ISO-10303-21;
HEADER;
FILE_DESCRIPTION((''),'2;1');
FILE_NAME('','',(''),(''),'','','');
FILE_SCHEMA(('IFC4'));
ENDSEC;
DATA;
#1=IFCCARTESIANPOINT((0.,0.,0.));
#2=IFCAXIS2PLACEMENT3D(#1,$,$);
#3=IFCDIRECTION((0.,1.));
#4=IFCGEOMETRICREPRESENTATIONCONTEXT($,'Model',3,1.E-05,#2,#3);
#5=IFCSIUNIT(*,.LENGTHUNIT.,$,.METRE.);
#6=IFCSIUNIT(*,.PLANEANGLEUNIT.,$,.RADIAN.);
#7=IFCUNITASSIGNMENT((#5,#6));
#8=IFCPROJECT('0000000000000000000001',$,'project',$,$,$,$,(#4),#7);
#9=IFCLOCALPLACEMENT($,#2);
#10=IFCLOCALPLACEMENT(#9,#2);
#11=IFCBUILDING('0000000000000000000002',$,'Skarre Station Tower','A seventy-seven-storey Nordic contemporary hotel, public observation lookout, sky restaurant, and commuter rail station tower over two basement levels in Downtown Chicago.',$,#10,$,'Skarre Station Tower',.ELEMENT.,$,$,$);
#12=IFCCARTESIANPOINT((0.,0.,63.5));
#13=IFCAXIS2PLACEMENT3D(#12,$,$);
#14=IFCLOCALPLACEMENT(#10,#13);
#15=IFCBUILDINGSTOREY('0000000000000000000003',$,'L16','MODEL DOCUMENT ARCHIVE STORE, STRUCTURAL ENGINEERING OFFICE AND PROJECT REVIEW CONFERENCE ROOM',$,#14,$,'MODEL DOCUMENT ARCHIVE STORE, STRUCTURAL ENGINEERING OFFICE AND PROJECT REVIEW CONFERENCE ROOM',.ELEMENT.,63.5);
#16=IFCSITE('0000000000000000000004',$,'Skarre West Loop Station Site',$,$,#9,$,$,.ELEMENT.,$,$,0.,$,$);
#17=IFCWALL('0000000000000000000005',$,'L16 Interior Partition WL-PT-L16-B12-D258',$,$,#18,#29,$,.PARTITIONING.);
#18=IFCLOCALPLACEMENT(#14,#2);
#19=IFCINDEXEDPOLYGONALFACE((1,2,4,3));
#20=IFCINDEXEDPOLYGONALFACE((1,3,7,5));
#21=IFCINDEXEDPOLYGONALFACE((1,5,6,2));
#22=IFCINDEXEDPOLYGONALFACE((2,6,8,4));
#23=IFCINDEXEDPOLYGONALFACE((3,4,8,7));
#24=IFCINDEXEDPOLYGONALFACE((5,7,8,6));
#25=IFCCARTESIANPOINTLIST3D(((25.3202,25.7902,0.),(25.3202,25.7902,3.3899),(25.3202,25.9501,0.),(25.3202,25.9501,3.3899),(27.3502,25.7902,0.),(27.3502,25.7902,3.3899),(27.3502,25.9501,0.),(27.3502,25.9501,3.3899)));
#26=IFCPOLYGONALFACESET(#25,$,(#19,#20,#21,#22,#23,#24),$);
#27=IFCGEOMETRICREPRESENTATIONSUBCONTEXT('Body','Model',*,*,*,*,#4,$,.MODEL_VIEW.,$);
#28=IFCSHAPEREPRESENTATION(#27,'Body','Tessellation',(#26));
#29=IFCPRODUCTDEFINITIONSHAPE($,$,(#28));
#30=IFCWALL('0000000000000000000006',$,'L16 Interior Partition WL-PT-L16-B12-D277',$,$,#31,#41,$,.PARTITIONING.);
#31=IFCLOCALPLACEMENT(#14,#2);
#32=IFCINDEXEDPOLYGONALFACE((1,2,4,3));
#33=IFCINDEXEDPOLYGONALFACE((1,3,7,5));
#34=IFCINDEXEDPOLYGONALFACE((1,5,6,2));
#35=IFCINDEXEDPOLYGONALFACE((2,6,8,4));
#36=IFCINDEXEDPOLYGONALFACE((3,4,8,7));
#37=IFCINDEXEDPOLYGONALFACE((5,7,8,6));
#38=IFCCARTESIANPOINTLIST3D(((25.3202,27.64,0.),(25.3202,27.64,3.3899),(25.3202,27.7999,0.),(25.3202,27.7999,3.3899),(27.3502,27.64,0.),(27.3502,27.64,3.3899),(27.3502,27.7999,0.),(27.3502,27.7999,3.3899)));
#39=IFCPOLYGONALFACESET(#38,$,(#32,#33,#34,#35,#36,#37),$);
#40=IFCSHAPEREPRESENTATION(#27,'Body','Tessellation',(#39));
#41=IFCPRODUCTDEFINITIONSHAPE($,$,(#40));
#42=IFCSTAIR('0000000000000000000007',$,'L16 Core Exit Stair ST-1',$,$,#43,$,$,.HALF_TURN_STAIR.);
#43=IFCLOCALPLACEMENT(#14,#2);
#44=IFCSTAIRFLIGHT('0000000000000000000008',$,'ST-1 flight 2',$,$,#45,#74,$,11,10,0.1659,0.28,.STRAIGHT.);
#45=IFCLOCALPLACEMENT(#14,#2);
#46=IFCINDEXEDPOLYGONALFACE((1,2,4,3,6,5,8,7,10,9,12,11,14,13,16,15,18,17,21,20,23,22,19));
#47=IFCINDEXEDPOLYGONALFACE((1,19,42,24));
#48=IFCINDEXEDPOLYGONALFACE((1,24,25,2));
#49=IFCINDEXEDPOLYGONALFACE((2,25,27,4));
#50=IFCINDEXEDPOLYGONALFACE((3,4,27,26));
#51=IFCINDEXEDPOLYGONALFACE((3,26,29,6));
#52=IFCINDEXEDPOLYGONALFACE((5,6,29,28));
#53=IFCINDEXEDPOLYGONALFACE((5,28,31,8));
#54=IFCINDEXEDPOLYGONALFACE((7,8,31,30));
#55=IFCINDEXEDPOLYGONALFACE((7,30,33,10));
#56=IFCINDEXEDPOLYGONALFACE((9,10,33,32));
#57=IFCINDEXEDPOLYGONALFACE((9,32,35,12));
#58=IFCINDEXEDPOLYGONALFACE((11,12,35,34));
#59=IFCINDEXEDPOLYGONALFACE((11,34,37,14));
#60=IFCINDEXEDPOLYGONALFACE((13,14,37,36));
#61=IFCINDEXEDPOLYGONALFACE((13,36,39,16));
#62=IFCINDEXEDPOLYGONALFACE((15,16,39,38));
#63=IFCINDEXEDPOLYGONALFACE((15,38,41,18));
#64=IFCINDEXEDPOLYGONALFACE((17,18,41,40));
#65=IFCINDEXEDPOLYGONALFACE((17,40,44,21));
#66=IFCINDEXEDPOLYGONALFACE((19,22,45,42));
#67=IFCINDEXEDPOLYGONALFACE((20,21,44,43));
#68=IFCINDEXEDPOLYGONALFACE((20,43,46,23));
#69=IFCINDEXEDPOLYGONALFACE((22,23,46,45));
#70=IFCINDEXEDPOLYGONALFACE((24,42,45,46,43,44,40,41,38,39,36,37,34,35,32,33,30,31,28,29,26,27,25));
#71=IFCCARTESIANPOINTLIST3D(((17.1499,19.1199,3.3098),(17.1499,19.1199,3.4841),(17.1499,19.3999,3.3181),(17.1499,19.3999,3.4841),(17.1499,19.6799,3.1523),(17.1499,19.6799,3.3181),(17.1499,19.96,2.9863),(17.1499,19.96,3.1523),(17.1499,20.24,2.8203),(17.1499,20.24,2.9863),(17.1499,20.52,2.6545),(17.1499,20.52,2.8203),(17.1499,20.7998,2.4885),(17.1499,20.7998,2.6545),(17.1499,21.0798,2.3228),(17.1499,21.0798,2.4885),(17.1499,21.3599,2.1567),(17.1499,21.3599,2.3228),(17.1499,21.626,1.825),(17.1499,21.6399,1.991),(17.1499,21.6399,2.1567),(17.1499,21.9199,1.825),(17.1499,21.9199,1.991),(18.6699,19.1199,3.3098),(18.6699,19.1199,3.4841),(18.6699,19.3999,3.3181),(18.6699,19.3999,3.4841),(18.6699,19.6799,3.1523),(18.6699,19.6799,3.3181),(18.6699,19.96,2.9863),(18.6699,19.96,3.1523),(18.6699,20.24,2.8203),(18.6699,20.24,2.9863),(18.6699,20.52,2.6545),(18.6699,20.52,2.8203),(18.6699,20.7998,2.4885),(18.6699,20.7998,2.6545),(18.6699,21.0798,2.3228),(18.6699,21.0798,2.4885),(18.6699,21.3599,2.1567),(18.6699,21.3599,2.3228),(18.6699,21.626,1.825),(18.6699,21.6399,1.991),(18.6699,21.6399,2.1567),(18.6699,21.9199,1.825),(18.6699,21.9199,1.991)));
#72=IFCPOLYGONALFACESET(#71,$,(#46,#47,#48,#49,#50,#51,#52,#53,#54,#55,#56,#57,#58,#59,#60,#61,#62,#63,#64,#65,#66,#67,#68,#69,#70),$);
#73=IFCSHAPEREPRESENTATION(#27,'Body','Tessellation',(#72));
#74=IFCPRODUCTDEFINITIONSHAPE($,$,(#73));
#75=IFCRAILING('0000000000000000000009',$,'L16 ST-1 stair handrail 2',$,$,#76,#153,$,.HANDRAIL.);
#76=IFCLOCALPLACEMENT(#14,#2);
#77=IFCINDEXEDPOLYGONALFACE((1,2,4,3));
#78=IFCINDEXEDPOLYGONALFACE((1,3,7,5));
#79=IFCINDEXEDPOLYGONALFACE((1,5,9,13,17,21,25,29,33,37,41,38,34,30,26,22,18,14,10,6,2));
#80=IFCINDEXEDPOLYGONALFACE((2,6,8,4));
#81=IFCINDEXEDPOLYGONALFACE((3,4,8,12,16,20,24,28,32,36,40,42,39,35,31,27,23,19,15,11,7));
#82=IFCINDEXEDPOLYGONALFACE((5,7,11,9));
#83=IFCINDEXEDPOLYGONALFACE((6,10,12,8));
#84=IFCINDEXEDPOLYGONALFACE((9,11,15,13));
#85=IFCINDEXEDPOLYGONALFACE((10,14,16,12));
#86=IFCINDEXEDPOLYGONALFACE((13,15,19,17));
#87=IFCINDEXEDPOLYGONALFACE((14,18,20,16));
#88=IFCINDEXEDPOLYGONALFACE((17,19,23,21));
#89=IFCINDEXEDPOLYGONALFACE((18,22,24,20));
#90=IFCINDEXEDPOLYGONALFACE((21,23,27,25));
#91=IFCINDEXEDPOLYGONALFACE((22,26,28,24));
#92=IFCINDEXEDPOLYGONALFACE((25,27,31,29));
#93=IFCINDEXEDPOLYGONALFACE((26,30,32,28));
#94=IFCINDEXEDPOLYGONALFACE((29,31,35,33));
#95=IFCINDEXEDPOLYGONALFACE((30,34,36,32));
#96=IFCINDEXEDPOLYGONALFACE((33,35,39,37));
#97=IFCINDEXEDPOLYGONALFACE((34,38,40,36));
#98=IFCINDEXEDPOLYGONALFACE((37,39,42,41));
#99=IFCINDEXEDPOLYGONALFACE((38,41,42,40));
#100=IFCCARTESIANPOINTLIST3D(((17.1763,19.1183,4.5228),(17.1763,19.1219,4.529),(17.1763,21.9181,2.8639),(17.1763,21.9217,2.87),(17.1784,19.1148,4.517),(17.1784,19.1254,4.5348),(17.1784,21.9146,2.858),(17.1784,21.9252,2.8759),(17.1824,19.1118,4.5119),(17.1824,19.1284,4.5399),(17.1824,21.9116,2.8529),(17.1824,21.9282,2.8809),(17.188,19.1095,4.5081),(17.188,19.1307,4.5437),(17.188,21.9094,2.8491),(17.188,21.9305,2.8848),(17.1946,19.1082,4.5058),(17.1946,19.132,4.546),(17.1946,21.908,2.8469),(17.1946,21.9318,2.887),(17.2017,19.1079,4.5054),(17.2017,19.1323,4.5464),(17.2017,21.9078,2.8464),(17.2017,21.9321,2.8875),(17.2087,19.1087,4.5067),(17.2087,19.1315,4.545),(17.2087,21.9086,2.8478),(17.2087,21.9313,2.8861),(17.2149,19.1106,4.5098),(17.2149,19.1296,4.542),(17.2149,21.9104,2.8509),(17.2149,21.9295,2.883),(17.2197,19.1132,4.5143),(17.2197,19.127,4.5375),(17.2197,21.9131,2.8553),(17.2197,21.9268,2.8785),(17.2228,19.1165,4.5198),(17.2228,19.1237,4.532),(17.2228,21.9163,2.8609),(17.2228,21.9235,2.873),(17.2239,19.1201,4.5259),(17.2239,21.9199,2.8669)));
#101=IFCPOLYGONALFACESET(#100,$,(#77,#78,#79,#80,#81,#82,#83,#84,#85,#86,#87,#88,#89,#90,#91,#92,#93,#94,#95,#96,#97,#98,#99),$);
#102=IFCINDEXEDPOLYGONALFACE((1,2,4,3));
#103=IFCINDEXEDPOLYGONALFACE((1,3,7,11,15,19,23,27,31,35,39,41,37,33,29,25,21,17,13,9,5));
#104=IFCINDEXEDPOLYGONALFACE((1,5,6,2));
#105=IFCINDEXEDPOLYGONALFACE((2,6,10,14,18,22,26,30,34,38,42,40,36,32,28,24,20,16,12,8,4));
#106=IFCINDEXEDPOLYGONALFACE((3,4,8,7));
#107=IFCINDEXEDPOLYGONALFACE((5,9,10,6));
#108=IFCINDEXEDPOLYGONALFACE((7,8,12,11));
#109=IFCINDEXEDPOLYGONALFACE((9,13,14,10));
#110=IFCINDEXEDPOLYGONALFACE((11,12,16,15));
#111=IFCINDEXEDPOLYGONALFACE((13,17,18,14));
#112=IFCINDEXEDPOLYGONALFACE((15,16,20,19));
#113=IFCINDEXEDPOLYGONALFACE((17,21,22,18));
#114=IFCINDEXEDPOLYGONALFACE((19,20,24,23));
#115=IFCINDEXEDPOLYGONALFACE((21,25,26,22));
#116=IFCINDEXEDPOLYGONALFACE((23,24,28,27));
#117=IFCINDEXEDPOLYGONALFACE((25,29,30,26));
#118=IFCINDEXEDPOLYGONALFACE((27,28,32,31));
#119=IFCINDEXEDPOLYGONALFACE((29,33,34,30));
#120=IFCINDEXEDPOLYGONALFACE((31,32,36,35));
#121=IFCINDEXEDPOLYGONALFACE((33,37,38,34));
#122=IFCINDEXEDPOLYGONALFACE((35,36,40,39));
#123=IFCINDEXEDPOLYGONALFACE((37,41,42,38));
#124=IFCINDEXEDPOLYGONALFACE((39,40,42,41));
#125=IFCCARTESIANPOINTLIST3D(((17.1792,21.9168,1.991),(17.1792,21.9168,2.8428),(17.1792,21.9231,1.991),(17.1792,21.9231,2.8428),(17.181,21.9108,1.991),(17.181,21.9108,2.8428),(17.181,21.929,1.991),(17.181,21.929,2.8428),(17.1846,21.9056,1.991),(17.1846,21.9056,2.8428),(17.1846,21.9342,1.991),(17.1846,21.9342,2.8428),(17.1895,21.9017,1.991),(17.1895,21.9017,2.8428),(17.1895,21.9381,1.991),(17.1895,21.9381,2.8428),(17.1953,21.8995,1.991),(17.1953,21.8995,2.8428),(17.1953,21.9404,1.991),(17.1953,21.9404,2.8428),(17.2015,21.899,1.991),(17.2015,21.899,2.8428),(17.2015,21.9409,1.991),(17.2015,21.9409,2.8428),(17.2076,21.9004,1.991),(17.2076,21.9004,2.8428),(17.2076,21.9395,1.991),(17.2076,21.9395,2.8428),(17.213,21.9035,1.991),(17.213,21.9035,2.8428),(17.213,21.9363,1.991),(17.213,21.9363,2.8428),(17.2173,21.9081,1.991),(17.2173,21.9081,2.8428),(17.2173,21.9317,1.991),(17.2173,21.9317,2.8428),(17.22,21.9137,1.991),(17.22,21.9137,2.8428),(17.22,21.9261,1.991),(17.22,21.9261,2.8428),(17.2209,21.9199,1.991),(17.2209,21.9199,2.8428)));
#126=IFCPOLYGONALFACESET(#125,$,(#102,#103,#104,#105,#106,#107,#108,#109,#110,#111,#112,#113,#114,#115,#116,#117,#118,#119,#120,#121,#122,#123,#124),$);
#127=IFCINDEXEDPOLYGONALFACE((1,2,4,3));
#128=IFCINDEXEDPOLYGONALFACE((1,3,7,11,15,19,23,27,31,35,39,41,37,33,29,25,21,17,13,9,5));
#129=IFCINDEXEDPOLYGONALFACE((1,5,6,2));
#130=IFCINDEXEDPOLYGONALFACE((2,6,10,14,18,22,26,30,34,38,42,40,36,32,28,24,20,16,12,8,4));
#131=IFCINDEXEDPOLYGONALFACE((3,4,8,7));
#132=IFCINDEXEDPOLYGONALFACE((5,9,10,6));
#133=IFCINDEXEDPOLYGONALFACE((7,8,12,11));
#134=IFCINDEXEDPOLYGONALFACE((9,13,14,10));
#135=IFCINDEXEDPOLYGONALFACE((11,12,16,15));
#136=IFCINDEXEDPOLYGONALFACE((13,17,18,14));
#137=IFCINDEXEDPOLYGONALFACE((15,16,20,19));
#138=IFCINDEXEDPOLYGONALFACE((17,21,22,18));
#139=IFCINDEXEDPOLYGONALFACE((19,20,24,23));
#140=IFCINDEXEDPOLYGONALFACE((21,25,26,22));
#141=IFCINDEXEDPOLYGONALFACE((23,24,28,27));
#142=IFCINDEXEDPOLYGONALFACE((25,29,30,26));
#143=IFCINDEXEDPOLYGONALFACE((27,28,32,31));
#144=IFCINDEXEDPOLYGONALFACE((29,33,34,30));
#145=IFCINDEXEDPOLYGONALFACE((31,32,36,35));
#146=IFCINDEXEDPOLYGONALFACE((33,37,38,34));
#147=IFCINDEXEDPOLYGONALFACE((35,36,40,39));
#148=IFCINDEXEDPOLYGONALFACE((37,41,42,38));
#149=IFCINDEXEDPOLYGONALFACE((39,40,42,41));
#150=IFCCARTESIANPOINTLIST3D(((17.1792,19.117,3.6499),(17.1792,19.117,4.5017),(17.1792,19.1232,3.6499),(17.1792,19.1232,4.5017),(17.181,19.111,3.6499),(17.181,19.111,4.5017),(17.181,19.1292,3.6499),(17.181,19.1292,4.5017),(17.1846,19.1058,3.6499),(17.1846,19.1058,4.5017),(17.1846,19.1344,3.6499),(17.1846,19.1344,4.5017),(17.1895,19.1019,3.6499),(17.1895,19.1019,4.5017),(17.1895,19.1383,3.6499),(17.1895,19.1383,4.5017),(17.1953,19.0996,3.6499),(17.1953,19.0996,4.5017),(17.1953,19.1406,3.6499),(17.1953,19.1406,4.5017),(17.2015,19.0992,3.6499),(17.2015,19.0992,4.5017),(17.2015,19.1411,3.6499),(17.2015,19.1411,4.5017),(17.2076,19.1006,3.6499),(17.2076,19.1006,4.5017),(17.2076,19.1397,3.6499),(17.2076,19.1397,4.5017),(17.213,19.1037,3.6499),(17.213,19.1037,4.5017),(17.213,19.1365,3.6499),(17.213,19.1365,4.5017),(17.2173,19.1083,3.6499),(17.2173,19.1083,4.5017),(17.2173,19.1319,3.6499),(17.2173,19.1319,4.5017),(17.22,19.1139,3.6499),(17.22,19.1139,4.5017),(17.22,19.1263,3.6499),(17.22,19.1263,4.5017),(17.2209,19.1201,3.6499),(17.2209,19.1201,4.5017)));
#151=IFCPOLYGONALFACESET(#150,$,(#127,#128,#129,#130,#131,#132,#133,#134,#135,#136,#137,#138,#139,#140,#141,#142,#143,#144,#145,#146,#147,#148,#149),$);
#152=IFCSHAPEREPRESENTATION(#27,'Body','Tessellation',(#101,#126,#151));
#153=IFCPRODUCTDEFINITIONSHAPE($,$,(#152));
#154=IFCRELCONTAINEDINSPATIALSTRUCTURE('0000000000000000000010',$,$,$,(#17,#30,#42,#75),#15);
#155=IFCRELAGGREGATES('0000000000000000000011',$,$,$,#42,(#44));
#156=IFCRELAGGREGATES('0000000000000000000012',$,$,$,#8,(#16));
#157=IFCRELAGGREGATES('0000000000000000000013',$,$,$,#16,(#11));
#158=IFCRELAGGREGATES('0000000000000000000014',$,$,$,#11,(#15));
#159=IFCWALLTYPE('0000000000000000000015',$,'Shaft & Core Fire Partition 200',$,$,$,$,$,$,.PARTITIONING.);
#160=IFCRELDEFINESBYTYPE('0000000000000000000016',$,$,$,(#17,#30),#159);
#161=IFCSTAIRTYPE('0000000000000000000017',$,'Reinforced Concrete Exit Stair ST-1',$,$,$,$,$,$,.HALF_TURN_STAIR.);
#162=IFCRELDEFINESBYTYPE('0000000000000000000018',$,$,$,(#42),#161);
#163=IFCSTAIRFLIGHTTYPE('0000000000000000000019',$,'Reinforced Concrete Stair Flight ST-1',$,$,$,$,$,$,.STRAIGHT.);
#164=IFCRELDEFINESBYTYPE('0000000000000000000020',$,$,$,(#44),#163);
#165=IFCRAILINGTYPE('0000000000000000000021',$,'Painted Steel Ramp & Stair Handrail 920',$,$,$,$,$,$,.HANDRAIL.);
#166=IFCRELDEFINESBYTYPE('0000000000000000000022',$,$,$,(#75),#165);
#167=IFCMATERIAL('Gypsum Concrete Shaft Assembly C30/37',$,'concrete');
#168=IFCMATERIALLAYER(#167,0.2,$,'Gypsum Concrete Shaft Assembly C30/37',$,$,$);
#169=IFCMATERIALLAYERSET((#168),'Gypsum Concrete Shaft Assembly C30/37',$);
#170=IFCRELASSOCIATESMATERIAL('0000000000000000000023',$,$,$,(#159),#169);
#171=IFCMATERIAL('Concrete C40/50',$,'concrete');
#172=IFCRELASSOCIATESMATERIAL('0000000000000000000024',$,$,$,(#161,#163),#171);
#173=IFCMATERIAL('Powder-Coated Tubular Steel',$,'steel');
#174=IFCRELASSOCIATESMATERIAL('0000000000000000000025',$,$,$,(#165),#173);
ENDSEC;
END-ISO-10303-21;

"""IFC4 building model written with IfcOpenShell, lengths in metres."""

from ifc_helpers import new_model, si_unit, direction, frame, frame_2d, origin, origin_2d, place, context, subcontext, project, spatial, polyline, rectangle, circle, outline, extrude, material, layer, layer_set, type_object, element, aggregate, save


model = new_model("IFC4")

# Units and contexts
model_context = context("Model", 3, precision=1e-05, world=origin(), true_north=direction((0.0, 1.0)))
body_context = subcontext(model_context, "Body", "Model", "MODEL_VIEW")
ifc_project = project(units=[si_unit("LENGTHUNIT", "METRE"), si_unit("PLANEANGLEUNIT", "RADIAN")], contexts=[model_context])

# Site, building, storey
site_placement = place(None, origin())
site = spatial("IfcSite", under=ifc_project, at=site_placement, Name="Skarre West Loop Station Site", CompositionType="ELEMENT", RefElevation=0.0)
building_placement = place(site_placement, origin())
building = spatial("IfcBuilding", under=site, at=building_placement, Name="Skarre Station Tower", Description="A seventy-seven-storey Nordic contemporary hotel, public observation lookout, sky restaurant, and commuter rail station tower over two basement levels in Downtown Chicago.", LongName="Skarre Station Tower", CompositionType="ELEMENT")
storey_placement = place(building_placement, frame((0.0, 0.0, 63.5)))
storey = spatial("IfcBuildingStorey", under=building, at=storey_placement, Name="L16", Description="MODEL DOCUMENT ARCHIVE STORE, STRUCTURAL ENGINEERING OFFICE AND PROJECT REVIEW CONFERENCE ROOM", LongName="MODEL DOCUMENT ARCHIVE STORE, STRUCTURAL ENGINEERING OFFICE AND PROJECT REVIEW CONFERENCE ROOM", CompositionType="ELEMENT", Elevation=63.5)

# Shared definitions
ifc_material_1 = material(Name="Gypsum Concrete Shaft Assembly C30/37", Category="concrete")
ifc_layer_1 = layer(ifc_material_1, 0.2, Name="Gypsum Concrete Shaft Assembly C30/37")
ifc_layer_set_1 = layer_set([ifc_layer_1], Name="Gypsum Concrete Shaft Assembly C30/37")
wall_type_1 = type_object("IfcWallType", Name="Shaft & Core Fire Partition 200", PredefinedType="PARTITIONING", material=ifc_layer_set_1)

# Walls
for number, where, z_axis, x_axis, name in (
    (1, (25.3201, 25.8701, 0.0), (0.0, 0.0, 1.0), (1.0, 0.0, 0.0), "L16 Interior Partition WL-PT-L16-B12-D258"),
    (2, (25.3201, 27.72, 0.0), (0.0, 0.0, 1.0), (1.0, 0.0, 0.0), "L16 Interior Partition WL-PT-L16-B12-D277"),
):
    element("IfcWall", number, at=place(storey_placement, frame(where, z_axis=z_axis, x_axis=x_axis)), inside=storey, type_object=wall_type_1, Name=name, PredefinedType="PARTITIONING", context=body_context, shape_type="SweptSolid", body=[
        extrude(rectangle(XDim=2.03, YDim=0.1599, at=frame_2d((1.0151, 0.0))), origin(), (0.0, 0.0, 1.0), 3.3899),
    ])

# Stair, stair flight
ifc_material_2 = material(Name="Concrete C40/50", Category="concrete")
stair_type = type_object("IfcStairType", Name="Reinforced Concrete Exit Stair ST-1", PredefinedType="HALF_TURN_STAIR", material=ifc_material_2)
stair_placement = place(storey_placement, origin())
stair = element("IfcStair", 3, at=stair_placement, inside=storey, type_object=stair_type, Name="L16 Core Exit Stair ST-1", PredefinedType="HALF_TURN_STAIR")
stair_flight_type = type_object("IfcStairFlightType", Name="Reinforced Concrete Stair Flight ST-1", PredefinedType="STRAIGHT", material=ifc_material_2)
stair_flight_placement = place(storey_placement, frame((17.9099, 21.9199, 1.825), z_axis=(0.0, 0.0, 1.0), x_axis=(0.0, -1.0, 0.0)))
stair_flight = element("IfcStairFlight", 4, at=stair_flight_placement, type_object=stair_flight_type, Name="ST-1 flight 2", NumberOfRisers=11, NumberOfTreads=10, PredefinedType="STRAIGHT", RiserHeight=0.1659, TreadLength=0.28, context=body_context, shape_type="SweptSolid", body=[
    extrude(outline(polyline([(0.0, 0.0), (0.0, 0.166), (0.28, 0.166), (0.28, 0.3318), (0.5601, 0.3318), (0.5601, 0.4978), (0.8401, 0.4978), (0.8401, 0.6636), (1.1201, 0.6636), (1.1201, 0.8296), (1.3999, 0.8296), (1.3999, 0.9954), (1.6799, 0.9954), (1.6799, 1.1614), (1.96, 1.1614), (1.96, 1.3274), (2.24, 1.3274), (2.24, 1.4932), (2.52, 1.4932), (2.52, 1.6592), (2.8, 1.6592), (2.8, 1.825), (2.8, 1.4849), (0.2939, 0.0), (0.0, 0.0)])), frame((0.0, 0.76, 0.0), z_axis=(0.0, -1.0, 0.0), x_axis=(1.0, 0.0, 0.0)), (0.0, 0.0, 1.0), 1.52),
])
aggregate(stair, [stair_flight])

# Railing
ifc_material_3 = material(Name="Powder-Coated Tubular Steel", Category="steel")
railing_type_1 = type_object("IfcRailingType", Name="Painted Steel Ramp & Stair Handrail 920", PredefinedType="HANDRAIL", material=ifc_material_3)
railing_1_placement = place(storey_placement, frame((17.2, 21.9199, 1.991)))
element("IfcRailing", 5, at=railing_1_placement, inside=storey, type_object=railing_type_1, Name="L16 ST-1 stair handrail 2", PredefinedType="HANDRAIL", context=body_context, shape_type="SweptSolid", body=[
    extrude(circle(Radius=0.0239, at=origin_2d()), frame((0.0, 0.0, 0.876), z_axis=(0.0, -0.86032, 0.509755), x_axis=(1.0, 0.0, 0.0)), (0.0, 0.0, 1.0), 3.2544),
    extrude(circle(Radius=0.021, at=origin_2d()), origin(), (0.0, 0.0, 1.0), 0.8518),
    extrude(circle(Radius=0.021, at=origin_2d()), frame((0.0, -2.7998, 1.6589)), (0.0, 0.0, 1.0), 0.8518),
])

save(model, "model.ifc")
